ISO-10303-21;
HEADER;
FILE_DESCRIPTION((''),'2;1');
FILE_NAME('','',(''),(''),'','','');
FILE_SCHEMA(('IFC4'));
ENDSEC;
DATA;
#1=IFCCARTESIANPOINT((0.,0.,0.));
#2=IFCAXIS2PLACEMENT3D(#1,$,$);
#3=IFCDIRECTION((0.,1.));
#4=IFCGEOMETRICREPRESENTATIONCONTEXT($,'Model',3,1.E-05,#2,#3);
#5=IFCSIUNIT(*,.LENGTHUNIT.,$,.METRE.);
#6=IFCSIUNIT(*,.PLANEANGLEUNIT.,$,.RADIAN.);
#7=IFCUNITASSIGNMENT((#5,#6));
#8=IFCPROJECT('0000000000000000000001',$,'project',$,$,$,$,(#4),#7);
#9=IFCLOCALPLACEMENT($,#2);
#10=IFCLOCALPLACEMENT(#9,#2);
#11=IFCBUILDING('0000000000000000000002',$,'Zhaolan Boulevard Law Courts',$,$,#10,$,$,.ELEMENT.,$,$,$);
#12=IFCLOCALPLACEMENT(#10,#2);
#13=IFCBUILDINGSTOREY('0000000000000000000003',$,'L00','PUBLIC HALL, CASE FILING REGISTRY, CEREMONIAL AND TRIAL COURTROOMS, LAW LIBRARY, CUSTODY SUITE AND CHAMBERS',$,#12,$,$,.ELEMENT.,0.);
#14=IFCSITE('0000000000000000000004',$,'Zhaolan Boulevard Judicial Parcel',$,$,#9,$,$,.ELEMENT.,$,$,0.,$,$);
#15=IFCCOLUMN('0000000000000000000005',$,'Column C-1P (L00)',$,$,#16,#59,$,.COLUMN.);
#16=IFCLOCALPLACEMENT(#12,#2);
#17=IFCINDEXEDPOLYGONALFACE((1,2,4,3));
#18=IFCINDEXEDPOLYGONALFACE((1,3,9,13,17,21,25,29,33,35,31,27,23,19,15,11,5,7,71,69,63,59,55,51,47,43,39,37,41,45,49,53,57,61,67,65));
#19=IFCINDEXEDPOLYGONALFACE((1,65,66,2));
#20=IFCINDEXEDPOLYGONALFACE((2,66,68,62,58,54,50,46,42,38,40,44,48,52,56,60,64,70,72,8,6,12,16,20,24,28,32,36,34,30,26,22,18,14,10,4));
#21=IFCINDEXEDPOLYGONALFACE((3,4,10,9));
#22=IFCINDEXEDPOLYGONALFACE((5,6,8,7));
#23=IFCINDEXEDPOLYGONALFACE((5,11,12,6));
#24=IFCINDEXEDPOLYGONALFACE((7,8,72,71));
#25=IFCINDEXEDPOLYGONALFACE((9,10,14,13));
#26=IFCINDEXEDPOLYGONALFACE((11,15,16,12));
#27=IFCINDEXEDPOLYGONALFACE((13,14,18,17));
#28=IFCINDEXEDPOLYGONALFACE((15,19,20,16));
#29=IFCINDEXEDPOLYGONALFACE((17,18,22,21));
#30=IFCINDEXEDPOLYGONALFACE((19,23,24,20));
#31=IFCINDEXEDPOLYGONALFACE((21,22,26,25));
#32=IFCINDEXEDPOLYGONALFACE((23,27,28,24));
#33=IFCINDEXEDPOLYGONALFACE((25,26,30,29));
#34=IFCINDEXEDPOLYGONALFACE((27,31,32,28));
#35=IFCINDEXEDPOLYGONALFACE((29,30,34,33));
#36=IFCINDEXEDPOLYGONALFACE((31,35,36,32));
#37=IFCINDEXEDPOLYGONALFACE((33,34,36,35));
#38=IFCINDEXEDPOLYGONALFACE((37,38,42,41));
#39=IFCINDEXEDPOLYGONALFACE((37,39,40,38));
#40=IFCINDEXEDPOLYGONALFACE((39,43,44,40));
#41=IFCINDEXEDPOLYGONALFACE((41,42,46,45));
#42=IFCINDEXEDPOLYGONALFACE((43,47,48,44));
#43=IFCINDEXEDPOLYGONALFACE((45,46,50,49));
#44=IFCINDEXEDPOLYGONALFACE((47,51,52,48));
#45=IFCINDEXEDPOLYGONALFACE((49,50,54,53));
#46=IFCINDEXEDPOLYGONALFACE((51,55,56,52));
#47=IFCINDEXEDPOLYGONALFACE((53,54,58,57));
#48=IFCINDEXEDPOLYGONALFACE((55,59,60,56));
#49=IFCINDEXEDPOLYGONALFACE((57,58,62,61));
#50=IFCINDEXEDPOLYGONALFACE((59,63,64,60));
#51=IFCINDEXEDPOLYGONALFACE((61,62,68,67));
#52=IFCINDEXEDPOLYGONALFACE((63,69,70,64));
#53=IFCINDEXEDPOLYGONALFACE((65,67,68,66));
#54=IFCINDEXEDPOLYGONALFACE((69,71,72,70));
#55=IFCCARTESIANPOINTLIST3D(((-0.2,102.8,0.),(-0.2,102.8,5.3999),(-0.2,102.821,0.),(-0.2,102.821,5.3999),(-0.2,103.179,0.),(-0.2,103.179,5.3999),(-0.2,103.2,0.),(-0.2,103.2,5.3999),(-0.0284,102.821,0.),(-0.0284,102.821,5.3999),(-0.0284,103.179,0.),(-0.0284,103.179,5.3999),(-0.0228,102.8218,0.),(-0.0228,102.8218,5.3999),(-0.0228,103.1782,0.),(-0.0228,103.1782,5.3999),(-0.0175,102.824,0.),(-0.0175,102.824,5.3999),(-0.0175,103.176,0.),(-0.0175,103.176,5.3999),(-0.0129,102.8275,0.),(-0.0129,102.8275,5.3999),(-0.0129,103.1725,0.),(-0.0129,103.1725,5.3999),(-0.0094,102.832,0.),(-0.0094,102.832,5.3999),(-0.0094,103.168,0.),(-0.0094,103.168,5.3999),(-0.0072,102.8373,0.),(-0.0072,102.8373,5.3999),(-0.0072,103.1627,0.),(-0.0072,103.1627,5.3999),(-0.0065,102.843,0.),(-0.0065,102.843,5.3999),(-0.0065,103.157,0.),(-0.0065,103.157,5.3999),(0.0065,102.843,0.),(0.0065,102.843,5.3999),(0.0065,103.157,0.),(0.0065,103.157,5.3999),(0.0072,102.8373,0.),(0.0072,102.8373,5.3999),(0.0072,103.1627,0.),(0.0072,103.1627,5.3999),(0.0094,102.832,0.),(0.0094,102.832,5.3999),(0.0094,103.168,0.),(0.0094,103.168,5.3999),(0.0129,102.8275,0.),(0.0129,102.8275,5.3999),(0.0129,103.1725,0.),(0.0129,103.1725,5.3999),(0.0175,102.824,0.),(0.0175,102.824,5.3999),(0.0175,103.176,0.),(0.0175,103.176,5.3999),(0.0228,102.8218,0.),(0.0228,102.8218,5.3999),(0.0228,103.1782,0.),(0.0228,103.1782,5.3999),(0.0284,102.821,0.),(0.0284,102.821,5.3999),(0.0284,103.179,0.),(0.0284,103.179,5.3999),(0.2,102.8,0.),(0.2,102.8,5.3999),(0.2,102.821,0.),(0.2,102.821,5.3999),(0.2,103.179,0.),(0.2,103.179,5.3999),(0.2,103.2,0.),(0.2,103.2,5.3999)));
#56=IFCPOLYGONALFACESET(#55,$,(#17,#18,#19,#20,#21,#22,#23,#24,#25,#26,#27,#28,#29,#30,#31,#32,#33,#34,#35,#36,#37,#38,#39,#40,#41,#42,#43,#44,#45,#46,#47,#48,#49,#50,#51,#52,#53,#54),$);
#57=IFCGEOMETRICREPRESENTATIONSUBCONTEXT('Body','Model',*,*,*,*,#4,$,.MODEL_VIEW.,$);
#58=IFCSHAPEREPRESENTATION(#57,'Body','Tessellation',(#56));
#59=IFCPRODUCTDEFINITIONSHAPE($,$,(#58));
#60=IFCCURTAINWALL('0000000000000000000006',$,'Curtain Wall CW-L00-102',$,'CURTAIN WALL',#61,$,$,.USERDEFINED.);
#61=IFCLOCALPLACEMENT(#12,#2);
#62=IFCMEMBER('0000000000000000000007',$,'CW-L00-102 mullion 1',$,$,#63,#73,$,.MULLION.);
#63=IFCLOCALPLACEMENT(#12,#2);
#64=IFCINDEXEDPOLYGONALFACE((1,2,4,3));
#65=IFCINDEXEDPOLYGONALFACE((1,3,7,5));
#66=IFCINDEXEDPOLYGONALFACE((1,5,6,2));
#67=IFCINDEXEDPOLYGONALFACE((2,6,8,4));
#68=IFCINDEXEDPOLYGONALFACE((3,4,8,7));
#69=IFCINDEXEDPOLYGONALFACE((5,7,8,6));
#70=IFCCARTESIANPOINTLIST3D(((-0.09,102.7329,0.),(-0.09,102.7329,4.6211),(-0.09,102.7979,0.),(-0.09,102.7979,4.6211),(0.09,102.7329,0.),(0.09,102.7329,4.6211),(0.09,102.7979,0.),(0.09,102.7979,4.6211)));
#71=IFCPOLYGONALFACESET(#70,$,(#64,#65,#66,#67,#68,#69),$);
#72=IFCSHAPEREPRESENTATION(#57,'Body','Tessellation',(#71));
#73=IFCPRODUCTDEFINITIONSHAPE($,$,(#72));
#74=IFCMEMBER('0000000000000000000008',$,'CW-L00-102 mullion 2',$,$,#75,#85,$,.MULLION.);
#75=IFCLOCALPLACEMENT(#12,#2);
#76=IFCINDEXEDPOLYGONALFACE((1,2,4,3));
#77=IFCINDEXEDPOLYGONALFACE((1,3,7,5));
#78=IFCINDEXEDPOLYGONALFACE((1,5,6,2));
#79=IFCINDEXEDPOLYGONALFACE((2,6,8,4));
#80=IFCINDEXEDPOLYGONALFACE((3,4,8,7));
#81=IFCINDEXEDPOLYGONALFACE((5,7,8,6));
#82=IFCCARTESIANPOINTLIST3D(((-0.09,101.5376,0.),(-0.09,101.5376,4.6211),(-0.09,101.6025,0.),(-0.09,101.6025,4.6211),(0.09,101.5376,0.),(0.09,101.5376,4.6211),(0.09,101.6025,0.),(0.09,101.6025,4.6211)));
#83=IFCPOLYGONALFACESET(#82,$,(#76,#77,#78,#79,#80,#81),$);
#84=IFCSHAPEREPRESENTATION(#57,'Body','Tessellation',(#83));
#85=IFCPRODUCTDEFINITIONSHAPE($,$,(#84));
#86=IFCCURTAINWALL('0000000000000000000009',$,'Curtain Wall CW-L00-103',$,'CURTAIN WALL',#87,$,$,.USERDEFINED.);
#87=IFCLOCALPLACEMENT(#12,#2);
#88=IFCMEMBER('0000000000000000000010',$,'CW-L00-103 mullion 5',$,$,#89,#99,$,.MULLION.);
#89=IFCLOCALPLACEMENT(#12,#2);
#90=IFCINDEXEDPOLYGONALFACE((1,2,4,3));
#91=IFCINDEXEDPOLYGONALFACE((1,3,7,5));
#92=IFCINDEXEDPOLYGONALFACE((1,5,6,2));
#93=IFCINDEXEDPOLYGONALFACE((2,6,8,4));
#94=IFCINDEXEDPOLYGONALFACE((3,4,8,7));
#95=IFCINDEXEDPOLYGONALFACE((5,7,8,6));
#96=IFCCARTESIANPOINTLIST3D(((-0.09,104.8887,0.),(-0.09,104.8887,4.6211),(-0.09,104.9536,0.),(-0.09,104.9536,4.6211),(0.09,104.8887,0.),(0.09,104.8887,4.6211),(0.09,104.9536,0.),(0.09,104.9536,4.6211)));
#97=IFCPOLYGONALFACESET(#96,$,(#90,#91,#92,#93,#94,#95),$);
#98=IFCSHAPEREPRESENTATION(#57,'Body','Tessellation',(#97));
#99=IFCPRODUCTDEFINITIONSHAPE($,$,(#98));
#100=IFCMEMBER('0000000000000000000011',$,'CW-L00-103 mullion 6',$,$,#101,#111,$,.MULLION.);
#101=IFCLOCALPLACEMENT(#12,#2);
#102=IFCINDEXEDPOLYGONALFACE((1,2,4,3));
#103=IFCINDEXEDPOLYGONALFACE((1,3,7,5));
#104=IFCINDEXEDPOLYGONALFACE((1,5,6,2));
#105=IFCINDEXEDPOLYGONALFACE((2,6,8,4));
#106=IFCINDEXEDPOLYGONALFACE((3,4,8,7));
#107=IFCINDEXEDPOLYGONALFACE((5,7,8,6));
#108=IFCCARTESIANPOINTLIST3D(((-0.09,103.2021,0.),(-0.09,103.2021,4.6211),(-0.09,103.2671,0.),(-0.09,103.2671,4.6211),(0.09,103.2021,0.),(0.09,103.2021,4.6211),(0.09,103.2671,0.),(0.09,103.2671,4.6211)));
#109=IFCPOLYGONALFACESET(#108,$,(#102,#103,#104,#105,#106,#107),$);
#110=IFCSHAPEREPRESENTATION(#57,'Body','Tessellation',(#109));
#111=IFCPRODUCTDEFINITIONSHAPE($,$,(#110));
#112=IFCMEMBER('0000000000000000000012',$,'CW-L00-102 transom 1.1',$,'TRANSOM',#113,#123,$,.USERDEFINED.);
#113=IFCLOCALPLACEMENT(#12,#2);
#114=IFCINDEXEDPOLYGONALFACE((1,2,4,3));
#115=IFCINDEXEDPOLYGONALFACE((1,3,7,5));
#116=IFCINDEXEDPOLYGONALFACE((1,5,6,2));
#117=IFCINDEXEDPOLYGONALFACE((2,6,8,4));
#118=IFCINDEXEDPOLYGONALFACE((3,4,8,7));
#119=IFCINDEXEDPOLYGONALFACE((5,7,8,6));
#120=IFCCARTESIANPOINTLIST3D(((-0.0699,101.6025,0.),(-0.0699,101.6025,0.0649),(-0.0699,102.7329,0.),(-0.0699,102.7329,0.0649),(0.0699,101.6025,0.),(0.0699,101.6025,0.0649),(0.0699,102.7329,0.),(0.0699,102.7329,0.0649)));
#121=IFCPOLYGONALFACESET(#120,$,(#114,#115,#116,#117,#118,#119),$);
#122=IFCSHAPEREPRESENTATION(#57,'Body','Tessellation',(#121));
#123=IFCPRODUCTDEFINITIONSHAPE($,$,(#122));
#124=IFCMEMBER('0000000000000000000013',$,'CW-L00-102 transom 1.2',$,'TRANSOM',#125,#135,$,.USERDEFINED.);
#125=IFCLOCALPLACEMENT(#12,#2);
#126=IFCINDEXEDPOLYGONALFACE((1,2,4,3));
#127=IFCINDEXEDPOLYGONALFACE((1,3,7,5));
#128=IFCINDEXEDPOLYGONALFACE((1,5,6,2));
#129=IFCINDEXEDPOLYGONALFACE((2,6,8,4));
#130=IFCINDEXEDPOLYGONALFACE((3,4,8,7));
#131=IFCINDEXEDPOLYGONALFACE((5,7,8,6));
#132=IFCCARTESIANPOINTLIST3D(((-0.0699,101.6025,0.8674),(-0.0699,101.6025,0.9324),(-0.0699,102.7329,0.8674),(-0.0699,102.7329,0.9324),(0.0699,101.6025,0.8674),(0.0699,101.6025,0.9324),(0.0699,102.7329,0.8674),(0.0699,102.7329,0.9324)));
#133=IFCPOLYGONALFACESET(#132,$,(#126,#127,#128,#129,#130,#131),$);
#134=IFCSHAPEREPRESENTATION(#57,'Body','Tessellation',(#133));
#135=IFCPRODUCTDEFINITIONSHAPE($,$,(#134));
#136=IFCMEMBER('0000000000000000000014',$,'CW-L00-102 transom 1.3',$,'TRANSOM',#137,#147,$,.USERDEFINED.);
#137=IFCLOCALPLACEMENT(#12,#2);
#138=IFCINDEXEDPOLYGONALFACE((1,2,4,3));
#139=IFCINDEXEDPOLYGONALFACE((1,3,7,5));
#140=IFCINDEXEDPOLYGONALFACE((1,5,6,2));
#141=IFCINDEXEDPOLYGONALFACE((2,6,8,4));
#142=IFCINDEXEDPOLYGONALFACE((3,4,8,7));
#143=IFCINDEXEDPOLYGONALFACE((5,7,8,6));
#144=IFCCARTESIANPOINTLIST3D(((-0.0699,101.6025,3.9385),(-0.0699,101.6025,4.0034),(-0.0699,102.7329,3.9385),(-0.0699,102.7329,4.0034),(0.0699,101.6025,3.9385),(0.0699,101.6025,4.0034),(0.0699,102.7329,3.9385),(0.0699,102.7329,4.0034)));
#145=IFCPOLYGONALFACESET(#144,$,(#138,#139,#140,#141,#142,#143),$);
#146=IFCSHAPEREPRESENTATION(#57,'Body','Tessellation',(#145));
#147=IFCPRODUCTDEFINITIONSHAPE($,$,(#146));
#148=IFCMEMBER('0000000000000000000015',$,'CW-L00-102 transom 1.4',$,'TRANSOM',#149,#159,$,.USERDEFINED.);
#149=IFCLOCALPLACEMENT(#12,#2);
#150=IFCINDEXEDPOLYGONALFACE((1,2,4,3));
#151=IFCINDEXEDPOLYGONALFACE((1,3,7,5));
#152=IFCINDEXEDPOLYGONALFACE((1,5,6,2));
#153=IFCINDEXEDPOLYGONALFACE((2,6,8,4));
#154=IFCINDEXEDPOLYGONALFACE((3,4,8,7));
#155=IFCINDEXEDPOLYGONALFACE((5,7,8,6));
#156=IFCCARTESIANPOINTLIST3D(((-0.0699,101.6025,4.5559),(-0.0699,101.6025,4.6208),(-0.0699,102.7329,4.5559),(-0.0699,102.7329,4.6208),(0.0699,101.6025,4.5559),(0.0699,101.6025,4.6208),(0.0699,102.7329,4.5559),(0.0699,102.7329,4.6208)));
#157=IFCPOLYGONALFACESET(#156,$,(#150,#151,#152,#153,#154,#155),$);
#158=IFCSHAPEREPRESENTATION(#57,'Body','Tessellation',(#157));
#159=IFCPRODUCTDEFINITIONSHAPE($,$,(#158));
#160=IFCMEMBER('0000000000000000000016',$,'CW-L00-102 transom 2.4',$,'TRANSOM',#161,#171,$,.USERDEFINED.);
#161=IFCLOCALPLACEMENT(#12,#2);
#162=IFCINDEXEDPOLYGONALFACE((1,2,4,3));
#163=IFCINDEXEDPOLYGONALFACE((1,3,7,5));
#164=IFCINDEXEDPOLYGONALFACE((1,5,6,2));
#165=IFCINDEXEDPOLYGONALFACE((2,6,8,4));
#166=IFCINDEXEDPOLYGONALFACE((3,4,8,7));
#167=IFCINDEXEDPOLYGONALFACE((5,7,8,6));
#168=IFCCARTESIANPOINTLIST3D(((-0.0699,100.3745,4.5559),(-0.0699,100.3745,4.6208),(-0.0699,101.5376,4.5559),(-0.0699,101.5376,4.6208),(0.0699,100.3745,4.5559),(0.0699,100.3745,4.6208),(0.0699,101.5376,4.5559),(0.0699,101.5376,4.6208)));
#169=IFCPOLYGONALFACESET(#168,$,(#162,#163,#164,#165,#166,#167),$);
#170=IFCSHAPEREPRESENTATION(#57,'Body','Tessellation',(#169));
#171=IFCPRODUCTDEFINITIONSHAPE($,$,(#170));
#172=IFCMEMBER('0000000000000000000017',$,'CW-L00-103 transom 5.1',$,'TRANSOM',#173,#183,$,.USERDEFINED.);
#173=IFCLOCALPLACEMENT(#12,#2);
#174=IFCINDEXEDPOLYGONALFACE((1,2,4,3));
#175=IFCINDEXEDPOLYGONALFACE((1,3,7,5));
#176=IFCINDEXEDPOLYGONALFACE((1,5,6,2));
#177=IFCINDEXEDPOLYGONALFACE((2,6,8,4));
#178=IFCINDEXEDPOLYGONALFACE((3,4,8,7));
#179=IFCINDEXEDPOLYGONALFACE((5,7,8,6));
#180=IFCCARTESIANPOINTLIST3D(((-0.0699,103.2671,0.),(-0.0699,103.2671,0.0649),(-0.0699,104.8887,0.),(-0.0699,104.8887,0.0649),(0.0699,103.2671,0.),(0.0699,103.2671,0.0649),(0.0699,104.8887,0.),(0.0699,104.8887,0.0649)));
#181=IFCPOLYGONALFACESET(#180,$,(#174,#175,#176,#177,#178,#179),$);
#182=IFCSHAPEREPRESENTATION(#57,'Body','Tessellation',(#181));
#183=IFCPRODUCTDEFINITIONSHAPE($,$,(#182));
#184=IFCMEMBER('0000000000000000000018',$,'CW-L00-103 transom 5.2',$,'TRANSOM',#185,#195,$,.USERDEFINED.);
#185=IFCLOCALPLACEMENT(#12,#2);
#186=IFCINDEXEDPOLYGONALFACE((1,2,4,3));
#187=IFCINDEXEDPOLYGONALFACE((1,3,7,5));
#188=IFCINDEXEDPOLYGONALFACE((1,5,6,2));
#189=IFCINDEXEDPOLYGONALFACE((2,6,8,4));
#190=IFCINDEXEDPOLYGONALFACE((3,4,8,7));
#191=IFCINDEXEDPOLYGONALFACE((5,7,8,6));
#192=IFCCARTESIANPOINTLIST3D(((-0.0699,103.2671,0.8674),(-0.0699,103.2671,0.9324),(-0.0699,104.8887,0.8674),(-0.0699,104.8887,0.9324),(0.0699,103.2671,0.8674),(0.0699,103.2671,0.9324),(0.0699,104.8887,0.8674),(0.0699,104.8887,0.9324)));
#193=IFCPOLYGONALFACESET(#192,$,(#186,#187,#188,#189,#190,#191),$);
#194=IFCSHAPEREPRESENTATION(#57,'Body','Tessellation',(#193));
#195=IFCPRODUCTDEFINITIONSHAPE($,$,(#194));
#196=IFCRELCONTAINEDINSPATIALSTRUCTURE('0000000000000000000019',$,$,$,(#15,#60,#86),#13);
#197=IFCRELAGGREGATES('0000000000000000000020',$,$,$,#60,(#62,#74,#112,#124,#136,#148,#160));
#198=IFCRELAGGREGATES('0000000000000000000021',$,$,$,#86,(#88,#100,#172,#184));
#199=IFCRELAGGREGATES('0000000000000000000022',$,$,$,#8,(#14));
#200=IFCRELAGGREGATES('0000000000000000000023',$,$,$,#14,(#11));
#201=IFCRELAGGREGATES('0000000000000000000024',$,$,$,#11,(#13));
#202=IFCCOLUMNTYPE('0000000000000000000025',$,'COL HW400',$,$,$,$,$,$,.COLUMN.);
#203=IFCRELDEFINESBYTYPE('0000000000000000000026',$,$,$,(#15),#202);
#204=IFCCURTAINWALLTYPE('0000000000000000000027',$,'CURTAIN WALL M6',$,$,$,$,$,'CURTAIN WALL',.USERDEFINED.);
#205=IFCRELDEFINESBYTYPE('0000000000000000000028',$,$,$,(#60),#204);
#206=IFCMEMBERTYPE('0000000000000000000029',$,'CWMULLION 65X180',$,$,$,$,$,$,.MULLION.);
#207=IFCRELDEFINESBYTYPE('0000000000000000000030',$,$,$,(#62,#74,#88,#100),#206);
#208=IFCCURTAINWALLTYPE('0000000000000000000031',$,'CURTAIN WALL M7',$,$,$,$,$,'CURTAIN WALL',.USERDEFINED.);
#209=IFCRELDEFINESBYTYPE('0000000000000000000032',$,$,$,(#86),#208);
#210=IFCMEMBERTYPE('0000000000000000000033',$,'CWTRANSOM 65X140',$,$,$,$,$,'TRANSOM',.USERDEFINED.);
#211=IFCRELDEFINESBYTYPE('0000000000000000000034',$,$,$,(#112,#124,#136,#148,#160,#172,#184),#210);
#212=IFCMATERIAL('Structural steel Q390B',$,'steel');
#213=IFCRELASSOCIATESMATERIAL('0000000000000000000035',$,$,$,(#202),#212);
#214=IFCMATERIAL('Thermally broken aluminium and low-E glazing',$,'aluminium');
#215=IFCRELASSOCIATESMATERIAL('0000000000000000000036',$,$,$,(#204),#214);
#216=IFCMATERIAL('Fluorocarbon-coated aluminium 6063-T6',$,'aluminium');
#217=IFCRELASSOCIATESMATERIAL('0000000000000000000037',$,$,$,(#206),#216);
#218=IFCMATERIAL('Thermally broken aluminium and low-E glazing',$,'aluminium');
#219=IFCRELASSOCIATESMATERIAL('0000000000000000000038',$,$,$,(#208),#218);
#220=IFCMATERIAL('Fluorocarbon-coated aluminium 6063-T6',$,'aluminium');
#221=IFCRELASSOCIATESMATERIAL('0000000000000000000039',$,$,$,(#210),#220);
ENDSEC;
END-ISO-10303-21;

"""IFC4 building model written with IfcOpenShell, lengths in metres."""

from ifc_helpers import new_model, si_unit, direction, frame, origin, origin_2d, place, context, subcontext, project, spatial, rectangle, i_section, extrude, material, material_profile, profile_set, type_object, element, aggregate, save


model = new_model("IFC4")

# Units and contexts
model_context = context("Model", 3, precision=1e-05, world=origin(), true_north=direction((0.0, 1.0)))
body_context = subcontext(model_context, "Body", "Model", "MODEL_VIEW")
ifc_project = project(units=[si_unit("LENGTHUNIT", "METRE"), si_unit("PLANEANGLEUNIT", "RADIAN")], contexts=[model_context])

# Site, building, storey
site_placement = place(None, origin())
site = spatial("IfcSite", under=ifc_project, at=site_placement, Name="Zhaolan Boulevard Judicial Parcel", CompositionType="ELEMENT", RefElevation=0.0)
building_placement = place(site_placement, origin())
building = spatial("IfcBuilding", under=site, at=building_placement, Name="Zhaolan Boulevard Law Courts", CompositionType="ELEMENT")
storey_placement = place(building_placement, origin())
storey = spatial("IfcBuildingStorey", under=building, at=storey_placement, Name="L00", Description="PUBLIC HALL, CASE FILING REGISTRY, CEREMONIAL AND TRIAL COURTROOMS, LAW LIBRARY, CUSTODY SUITE AND CHAMBERS", CompositionType="ELEMENT", Elevation=0.0)

# Column
ifc_material_1 = material(Name="Structural steel Q390B", Category="steel")
ifc_material_profile_1 = material_profile(ifc_material_1, i_section(OverallWidth=0.3999, OverallDepth=0.3999, WebThickness=0.0129, FlangeThickness=0.021, FilletRadius=0.022, at=origin_2d()), Name="HW400x400")
ifc_profile_set_1 = profile_set([ifc_material_profile_1], Name="Structural steel Q390B")
column_type = type_object("IfcColumnType", Name="COL HW400", PredefinedType="COLUMN", material=ifc_profile_set_1)
column_placement = place(storey_placement, frame((0.0, 103.0, 0.0), z_axis=(0.0, 0.0, 1.0), x_axis=(1.0, 0.0, 0.0)))
element("IfcColumn", 1, at=column_placement, inside=storey, type_object=column_type, Name="Column C-1P (L00)", PredefinedType="COLUMN", context=body_context, shape_type="SweptSolid", body=[
    extrude(i_section(OverallWidth=0.3999, OverallDepth=0.3999, WebThickness=0.0129, FlangeThickness=0.021, FilletRadius=0.022, at=origin_2d()), origin(), (0.0, 0.0, 1.0), 5.3999),
])

# Curtain walls, members
ifc_material_2 = material(Name="Thermally broken aluminium and low-E glazing", Category="aluminium")
curtain_wall_type_1 = type_object("IfcCurtainWallType", Name="CURTAIN WALL M6", ElementType="CURTAIN WALL", PredefinedType="USERDEFINED", material=ifc_material_2)
curtain_wall_1_placement = place(storey_placement, origin())
curtain_wall_1 = element("IfcCurtainWall", 2, at=curtain_wall_1_placement, inside=storey, type_object=curtain_wall_type_1, Name="Curtain Wall CW-L00-102", ObjectType="CURTAIN WALL", PredefinedType="USERDEFINED")
ifc_material_3 = material(Name="Fluorocarbon-coated aluminium 6063-T6", Category="aluminium")
ifc_material_profile_2 = material_profile(ifc_material_3, rectangle(XDim=0.1799, YDim=0.0649, at=origin_2d()), Name="AL65x180")
ifc_profile_set_2 = profile_set([ifc_material_profile_2], Name="Fluorocarbon-coated aluminium 6063-T6")
member_type_1 = type_object("IfcMemberType", Name="CWMULLION 65X180", PredefinedType="MULLION", material=ifc_profile_set_2)
member_1_placement = place(storey_placement, frame((0.0, 102.7654, 0.0), z_axis=(0.0, 0.0, 1.0), x_axis=(1.0, 0.0, 0.0)))
member_1 = element("IfcMember", 3, at=member_1_placement, type_object=member_type_1, Name="CW-L00-102 mullion 1", PredefinedType="MULLION", context=body_context, shape_type="SweptSolid", body=[
    extrude(rectangle(XDim=0.1799, YDim=0.0649, at=origin_2d()), origin(), (0.0, 0.0, 1.0), 4.6211),
])
member_2_placement = place(storey_placement, frame((0.0, 101.5701, 0.0), z_axis=(0.0, 0.0, 1.0), x_axis=(1.0, 0.0, 0.0)))
member_2 = element("IfcMember", 4, at=member_2_placement, type_object=member_type_1, Name="CW-L00-102 mullion 2", PredefinedType="MULLION", context=body_context, shape_type="SweptSolid", body=[
    extrude(rectangle(XDim=0.1799, YDim=0.0649, at=origin_2d()), origin(), (0.0, 0.0, 1.0), 4.6211),
])
ifc_material_4 = material(Name="Thermally broken aluminium and low-E glazing", Category="aluminium")
curtain_wall_type_2 = type_object("IfcCurtainWallType", Name="CURTAIN WALL M7", ElementType="CURTAIN WALL", PredefinedType="USERDEFINED", material=ifc_material_4)
curtain_wall_2_placement = place(storey_placement, origin())
curtain_wall_2 = element("IfcCurtainWall", 5, at=curtain_wall_2_placement, inside=storey, type_object=curtain_wall_type_2, Name="Curtain Wall CW-L00-103", ObjectType="CURTAIN WALL", PredefinedType="USERDEFINED")
member_3_placement = place(storey_placement, frame((0.0, 104.9211, 0.0), z_axis=(0.0, 0.0, 1.0), x_axis=(1.0, 0.0, 0.0)))
member_3 = element("IfcMember", 6, at=member_3_placement, type_object=member_type_1, Name="CW-L00-103 mullion 5", PredefinedType="MULLION", context=body_context, shape_type="SweptSolid", body=[
    extrude(rectangle(XDim=0.1799, YDim=0.0649, at=origin_2d()), origin(), (0.0, 0.0, 1.0), 4.6211),
])
member_4_placement = place(storey_placement, frame((0.0, 103.2346, 0.0), z_axis=(0.0, 0.0, 1.0), x_axis=(1.0, 0.0, 0.0)))
member_4 = element("IfcMember", 7, at=member_4_placement, type_object=member_type_1, Name="CW-L00-103 mullion 6", PredefinedType="MULLION", context=body_context, shape_type="SweptSolid", body=[
    extrude(rectangle(XDim=0.1799, YDim=0.0649, at=origin_2d()), origin(), (0.0, 0.0, 1.0), 4.6211),
])

# Members
ifc_material_5 = material(Name="Fluorocarbon-coated aluminium 6063-T6", Category="aluminium")
ifc_material_profile_3 = material_profile(ifc_material_5, rectangle(XDim=0.1399, YDim=0.0649, at=origin_2d()), Name="AL65x140")
ifc_profile_set_3 = profile_set([ifc_material_profile_3], Name="Fluorocarbon-coated aluminium 6063-T6")
member_type_2 = type_object("IfcMemberType", Name="CWTRANSOM 65X140", ElementType="TRANSOM", PredefinedType="USERDEFINED", material=ifc_profile_set_3)
member_5_placement = place(storey_placement, frame((0.0, 102.7329, 0.0325), z_axis=(0.0, -1.0, 0.0), x_axis=(1.0, 0.0, 0.0)))
member_5 = element("IfcMember", 8, at=member_5_placement, type_object=member_type_2, Name="CW-L00-102 transom 1.1", ObjectType="TRANSOM", PredefinedType="USERDEFINED", context=body_context, shape_type="SweptSolid", body=[
    extrude(rectangle(XDim=0.1399, YDim=0.0649, at=origin_2d()), origin(), (0.0, 0.0, 1.0), 1.1304),
])
member_6_placement = place(storey_placement, frame((0.0, 102.7329, 0.8999), z_axis=(0.0, -1.0, 0.0), x_axis=(1.0, 0.0, 0.0)))
member_6 = element("IfcMember", 9, at=member_6_placement, type_object=member_type_2, Name="CW-L00-102 transom 1.2", ObjectType="TRANSOM", PredefinedType="USERDEFINED", context=body_context, shape_type="SweptSolid", body=[
    extrude(rectangle(XDim=0.1399, YDim=0.0649, at=origin_2d()), origin(), (0.0, 0.0, 1.0), 1.1304),
])
member_7_placement = place(storey_placement, frame((0.0, 102.7329, 3.9709), z_axis=(0.0, -1.0, 0.0), x_axis=(1.0, 0.0, 0.0)))
member_7 = element("IfcMember", 10, at=member_7_placement, type_object=member_type_2, Name="CW-L00-102 transom 1.3", ObjectType="TRANSOM", PredefinedType="USERDEFINED", context=body_context, shape_type="SweptSolid", body=[
    extrude(rectangle(XDim=0.1399, YDim=0.0649, at=origin_2d()), origin(), (0.0, 0.0, 1.0), 1.1304),
])
member_8_placement = place(storey_placement, frame((0.0, 102.7329, 4.5884), z_axis=(0.0, -1.0, 0.0), x_axis=(1.0, 0.0, 0.0)))
member_8 = element("IfcMember", 11, at=member_8_placement, type_object=member_type_2, Name="CW-L00-102 transom 1.4", ObjectType="TRANSOM", PredefinedType="USERDEFINED", context=body_context, shape_type="SweptSolid", body=[
    extrude(rectangle(XDim=0.1399, YDim=0.0649, at=origin_2d()), origin(), (0.0, 0.0, 1.0), 1.1304),
])
member_9_placement = place(storey_placement, frame((0.0, 101.5376, 4.5884), z_axis=(0.0, -1.0, 0.0), x_axis=(1.0, 0.0, 0.0)))
member_9 = element("IfcMember", 12, at=member_9_placement, type_object=member_type_2, Name="CW-L00-102 transom 2.4", ObjectType="TRANSOM", PredefinedType="USERDEFINED", context=body_context, shape_type="SweptSolid", body=[
    extrude(rectangle(XDim=0.1399, YDim=0.0649, at=origin_2d()), origin(), (0.0, 0.0, 1.0), 1.1631),
])
member_10_placement = place(storey_placement, frame((0.0, 104.8887, 0.0325), z_axis=(0.0, -1.0, 0.0), x_axis=(1.0, 0.0, 0.0)))
member_10 = element("IfcMember", 13, at=member_10_placement, type_object=member_type_2, Name="CW-L00-103 transom 5.1", ObjectType="TRANSOM", PredefinedType="USERDEFINED", context=body_context, shape_type="SweptSolid", body=[
    extrude(rectangle(XDim=0.1399, YDim=0.0649, at=origin_2d()), origin(), (0.0, 0.0, 1.0), 1.6216),
])
member_11_placement = place(storey_placement, frame((0.0, 104.8887, 0.8999), z_axis=(0.0, -1.0, 0.0), x_axis=(1.0, 0.0, 0.0)))
member_11 = element("IfcMember", 14, at=member_11_placement, type_object=member_type_2, Name="CW-L00-103 transom 5.2", ObjectType="TRANSOM", PredefinedType="USERDEFINED", context=body_context, shape_type="SweptSolid", body=[
    extrude(rectangle(XDim=0.1399, YDim=0.0649, at=origin_2d()), origin(), (0.0, 0.0, 1.0), 1.6216),
])

aggregate(curtain_wall_1, [member_1, member_2, member_5, member_6, member_7, member_8, member_9])
aggregate(curtain_wall_2, [member_3, member_4, member_10, member_11])

save(model, "model.ifc")
